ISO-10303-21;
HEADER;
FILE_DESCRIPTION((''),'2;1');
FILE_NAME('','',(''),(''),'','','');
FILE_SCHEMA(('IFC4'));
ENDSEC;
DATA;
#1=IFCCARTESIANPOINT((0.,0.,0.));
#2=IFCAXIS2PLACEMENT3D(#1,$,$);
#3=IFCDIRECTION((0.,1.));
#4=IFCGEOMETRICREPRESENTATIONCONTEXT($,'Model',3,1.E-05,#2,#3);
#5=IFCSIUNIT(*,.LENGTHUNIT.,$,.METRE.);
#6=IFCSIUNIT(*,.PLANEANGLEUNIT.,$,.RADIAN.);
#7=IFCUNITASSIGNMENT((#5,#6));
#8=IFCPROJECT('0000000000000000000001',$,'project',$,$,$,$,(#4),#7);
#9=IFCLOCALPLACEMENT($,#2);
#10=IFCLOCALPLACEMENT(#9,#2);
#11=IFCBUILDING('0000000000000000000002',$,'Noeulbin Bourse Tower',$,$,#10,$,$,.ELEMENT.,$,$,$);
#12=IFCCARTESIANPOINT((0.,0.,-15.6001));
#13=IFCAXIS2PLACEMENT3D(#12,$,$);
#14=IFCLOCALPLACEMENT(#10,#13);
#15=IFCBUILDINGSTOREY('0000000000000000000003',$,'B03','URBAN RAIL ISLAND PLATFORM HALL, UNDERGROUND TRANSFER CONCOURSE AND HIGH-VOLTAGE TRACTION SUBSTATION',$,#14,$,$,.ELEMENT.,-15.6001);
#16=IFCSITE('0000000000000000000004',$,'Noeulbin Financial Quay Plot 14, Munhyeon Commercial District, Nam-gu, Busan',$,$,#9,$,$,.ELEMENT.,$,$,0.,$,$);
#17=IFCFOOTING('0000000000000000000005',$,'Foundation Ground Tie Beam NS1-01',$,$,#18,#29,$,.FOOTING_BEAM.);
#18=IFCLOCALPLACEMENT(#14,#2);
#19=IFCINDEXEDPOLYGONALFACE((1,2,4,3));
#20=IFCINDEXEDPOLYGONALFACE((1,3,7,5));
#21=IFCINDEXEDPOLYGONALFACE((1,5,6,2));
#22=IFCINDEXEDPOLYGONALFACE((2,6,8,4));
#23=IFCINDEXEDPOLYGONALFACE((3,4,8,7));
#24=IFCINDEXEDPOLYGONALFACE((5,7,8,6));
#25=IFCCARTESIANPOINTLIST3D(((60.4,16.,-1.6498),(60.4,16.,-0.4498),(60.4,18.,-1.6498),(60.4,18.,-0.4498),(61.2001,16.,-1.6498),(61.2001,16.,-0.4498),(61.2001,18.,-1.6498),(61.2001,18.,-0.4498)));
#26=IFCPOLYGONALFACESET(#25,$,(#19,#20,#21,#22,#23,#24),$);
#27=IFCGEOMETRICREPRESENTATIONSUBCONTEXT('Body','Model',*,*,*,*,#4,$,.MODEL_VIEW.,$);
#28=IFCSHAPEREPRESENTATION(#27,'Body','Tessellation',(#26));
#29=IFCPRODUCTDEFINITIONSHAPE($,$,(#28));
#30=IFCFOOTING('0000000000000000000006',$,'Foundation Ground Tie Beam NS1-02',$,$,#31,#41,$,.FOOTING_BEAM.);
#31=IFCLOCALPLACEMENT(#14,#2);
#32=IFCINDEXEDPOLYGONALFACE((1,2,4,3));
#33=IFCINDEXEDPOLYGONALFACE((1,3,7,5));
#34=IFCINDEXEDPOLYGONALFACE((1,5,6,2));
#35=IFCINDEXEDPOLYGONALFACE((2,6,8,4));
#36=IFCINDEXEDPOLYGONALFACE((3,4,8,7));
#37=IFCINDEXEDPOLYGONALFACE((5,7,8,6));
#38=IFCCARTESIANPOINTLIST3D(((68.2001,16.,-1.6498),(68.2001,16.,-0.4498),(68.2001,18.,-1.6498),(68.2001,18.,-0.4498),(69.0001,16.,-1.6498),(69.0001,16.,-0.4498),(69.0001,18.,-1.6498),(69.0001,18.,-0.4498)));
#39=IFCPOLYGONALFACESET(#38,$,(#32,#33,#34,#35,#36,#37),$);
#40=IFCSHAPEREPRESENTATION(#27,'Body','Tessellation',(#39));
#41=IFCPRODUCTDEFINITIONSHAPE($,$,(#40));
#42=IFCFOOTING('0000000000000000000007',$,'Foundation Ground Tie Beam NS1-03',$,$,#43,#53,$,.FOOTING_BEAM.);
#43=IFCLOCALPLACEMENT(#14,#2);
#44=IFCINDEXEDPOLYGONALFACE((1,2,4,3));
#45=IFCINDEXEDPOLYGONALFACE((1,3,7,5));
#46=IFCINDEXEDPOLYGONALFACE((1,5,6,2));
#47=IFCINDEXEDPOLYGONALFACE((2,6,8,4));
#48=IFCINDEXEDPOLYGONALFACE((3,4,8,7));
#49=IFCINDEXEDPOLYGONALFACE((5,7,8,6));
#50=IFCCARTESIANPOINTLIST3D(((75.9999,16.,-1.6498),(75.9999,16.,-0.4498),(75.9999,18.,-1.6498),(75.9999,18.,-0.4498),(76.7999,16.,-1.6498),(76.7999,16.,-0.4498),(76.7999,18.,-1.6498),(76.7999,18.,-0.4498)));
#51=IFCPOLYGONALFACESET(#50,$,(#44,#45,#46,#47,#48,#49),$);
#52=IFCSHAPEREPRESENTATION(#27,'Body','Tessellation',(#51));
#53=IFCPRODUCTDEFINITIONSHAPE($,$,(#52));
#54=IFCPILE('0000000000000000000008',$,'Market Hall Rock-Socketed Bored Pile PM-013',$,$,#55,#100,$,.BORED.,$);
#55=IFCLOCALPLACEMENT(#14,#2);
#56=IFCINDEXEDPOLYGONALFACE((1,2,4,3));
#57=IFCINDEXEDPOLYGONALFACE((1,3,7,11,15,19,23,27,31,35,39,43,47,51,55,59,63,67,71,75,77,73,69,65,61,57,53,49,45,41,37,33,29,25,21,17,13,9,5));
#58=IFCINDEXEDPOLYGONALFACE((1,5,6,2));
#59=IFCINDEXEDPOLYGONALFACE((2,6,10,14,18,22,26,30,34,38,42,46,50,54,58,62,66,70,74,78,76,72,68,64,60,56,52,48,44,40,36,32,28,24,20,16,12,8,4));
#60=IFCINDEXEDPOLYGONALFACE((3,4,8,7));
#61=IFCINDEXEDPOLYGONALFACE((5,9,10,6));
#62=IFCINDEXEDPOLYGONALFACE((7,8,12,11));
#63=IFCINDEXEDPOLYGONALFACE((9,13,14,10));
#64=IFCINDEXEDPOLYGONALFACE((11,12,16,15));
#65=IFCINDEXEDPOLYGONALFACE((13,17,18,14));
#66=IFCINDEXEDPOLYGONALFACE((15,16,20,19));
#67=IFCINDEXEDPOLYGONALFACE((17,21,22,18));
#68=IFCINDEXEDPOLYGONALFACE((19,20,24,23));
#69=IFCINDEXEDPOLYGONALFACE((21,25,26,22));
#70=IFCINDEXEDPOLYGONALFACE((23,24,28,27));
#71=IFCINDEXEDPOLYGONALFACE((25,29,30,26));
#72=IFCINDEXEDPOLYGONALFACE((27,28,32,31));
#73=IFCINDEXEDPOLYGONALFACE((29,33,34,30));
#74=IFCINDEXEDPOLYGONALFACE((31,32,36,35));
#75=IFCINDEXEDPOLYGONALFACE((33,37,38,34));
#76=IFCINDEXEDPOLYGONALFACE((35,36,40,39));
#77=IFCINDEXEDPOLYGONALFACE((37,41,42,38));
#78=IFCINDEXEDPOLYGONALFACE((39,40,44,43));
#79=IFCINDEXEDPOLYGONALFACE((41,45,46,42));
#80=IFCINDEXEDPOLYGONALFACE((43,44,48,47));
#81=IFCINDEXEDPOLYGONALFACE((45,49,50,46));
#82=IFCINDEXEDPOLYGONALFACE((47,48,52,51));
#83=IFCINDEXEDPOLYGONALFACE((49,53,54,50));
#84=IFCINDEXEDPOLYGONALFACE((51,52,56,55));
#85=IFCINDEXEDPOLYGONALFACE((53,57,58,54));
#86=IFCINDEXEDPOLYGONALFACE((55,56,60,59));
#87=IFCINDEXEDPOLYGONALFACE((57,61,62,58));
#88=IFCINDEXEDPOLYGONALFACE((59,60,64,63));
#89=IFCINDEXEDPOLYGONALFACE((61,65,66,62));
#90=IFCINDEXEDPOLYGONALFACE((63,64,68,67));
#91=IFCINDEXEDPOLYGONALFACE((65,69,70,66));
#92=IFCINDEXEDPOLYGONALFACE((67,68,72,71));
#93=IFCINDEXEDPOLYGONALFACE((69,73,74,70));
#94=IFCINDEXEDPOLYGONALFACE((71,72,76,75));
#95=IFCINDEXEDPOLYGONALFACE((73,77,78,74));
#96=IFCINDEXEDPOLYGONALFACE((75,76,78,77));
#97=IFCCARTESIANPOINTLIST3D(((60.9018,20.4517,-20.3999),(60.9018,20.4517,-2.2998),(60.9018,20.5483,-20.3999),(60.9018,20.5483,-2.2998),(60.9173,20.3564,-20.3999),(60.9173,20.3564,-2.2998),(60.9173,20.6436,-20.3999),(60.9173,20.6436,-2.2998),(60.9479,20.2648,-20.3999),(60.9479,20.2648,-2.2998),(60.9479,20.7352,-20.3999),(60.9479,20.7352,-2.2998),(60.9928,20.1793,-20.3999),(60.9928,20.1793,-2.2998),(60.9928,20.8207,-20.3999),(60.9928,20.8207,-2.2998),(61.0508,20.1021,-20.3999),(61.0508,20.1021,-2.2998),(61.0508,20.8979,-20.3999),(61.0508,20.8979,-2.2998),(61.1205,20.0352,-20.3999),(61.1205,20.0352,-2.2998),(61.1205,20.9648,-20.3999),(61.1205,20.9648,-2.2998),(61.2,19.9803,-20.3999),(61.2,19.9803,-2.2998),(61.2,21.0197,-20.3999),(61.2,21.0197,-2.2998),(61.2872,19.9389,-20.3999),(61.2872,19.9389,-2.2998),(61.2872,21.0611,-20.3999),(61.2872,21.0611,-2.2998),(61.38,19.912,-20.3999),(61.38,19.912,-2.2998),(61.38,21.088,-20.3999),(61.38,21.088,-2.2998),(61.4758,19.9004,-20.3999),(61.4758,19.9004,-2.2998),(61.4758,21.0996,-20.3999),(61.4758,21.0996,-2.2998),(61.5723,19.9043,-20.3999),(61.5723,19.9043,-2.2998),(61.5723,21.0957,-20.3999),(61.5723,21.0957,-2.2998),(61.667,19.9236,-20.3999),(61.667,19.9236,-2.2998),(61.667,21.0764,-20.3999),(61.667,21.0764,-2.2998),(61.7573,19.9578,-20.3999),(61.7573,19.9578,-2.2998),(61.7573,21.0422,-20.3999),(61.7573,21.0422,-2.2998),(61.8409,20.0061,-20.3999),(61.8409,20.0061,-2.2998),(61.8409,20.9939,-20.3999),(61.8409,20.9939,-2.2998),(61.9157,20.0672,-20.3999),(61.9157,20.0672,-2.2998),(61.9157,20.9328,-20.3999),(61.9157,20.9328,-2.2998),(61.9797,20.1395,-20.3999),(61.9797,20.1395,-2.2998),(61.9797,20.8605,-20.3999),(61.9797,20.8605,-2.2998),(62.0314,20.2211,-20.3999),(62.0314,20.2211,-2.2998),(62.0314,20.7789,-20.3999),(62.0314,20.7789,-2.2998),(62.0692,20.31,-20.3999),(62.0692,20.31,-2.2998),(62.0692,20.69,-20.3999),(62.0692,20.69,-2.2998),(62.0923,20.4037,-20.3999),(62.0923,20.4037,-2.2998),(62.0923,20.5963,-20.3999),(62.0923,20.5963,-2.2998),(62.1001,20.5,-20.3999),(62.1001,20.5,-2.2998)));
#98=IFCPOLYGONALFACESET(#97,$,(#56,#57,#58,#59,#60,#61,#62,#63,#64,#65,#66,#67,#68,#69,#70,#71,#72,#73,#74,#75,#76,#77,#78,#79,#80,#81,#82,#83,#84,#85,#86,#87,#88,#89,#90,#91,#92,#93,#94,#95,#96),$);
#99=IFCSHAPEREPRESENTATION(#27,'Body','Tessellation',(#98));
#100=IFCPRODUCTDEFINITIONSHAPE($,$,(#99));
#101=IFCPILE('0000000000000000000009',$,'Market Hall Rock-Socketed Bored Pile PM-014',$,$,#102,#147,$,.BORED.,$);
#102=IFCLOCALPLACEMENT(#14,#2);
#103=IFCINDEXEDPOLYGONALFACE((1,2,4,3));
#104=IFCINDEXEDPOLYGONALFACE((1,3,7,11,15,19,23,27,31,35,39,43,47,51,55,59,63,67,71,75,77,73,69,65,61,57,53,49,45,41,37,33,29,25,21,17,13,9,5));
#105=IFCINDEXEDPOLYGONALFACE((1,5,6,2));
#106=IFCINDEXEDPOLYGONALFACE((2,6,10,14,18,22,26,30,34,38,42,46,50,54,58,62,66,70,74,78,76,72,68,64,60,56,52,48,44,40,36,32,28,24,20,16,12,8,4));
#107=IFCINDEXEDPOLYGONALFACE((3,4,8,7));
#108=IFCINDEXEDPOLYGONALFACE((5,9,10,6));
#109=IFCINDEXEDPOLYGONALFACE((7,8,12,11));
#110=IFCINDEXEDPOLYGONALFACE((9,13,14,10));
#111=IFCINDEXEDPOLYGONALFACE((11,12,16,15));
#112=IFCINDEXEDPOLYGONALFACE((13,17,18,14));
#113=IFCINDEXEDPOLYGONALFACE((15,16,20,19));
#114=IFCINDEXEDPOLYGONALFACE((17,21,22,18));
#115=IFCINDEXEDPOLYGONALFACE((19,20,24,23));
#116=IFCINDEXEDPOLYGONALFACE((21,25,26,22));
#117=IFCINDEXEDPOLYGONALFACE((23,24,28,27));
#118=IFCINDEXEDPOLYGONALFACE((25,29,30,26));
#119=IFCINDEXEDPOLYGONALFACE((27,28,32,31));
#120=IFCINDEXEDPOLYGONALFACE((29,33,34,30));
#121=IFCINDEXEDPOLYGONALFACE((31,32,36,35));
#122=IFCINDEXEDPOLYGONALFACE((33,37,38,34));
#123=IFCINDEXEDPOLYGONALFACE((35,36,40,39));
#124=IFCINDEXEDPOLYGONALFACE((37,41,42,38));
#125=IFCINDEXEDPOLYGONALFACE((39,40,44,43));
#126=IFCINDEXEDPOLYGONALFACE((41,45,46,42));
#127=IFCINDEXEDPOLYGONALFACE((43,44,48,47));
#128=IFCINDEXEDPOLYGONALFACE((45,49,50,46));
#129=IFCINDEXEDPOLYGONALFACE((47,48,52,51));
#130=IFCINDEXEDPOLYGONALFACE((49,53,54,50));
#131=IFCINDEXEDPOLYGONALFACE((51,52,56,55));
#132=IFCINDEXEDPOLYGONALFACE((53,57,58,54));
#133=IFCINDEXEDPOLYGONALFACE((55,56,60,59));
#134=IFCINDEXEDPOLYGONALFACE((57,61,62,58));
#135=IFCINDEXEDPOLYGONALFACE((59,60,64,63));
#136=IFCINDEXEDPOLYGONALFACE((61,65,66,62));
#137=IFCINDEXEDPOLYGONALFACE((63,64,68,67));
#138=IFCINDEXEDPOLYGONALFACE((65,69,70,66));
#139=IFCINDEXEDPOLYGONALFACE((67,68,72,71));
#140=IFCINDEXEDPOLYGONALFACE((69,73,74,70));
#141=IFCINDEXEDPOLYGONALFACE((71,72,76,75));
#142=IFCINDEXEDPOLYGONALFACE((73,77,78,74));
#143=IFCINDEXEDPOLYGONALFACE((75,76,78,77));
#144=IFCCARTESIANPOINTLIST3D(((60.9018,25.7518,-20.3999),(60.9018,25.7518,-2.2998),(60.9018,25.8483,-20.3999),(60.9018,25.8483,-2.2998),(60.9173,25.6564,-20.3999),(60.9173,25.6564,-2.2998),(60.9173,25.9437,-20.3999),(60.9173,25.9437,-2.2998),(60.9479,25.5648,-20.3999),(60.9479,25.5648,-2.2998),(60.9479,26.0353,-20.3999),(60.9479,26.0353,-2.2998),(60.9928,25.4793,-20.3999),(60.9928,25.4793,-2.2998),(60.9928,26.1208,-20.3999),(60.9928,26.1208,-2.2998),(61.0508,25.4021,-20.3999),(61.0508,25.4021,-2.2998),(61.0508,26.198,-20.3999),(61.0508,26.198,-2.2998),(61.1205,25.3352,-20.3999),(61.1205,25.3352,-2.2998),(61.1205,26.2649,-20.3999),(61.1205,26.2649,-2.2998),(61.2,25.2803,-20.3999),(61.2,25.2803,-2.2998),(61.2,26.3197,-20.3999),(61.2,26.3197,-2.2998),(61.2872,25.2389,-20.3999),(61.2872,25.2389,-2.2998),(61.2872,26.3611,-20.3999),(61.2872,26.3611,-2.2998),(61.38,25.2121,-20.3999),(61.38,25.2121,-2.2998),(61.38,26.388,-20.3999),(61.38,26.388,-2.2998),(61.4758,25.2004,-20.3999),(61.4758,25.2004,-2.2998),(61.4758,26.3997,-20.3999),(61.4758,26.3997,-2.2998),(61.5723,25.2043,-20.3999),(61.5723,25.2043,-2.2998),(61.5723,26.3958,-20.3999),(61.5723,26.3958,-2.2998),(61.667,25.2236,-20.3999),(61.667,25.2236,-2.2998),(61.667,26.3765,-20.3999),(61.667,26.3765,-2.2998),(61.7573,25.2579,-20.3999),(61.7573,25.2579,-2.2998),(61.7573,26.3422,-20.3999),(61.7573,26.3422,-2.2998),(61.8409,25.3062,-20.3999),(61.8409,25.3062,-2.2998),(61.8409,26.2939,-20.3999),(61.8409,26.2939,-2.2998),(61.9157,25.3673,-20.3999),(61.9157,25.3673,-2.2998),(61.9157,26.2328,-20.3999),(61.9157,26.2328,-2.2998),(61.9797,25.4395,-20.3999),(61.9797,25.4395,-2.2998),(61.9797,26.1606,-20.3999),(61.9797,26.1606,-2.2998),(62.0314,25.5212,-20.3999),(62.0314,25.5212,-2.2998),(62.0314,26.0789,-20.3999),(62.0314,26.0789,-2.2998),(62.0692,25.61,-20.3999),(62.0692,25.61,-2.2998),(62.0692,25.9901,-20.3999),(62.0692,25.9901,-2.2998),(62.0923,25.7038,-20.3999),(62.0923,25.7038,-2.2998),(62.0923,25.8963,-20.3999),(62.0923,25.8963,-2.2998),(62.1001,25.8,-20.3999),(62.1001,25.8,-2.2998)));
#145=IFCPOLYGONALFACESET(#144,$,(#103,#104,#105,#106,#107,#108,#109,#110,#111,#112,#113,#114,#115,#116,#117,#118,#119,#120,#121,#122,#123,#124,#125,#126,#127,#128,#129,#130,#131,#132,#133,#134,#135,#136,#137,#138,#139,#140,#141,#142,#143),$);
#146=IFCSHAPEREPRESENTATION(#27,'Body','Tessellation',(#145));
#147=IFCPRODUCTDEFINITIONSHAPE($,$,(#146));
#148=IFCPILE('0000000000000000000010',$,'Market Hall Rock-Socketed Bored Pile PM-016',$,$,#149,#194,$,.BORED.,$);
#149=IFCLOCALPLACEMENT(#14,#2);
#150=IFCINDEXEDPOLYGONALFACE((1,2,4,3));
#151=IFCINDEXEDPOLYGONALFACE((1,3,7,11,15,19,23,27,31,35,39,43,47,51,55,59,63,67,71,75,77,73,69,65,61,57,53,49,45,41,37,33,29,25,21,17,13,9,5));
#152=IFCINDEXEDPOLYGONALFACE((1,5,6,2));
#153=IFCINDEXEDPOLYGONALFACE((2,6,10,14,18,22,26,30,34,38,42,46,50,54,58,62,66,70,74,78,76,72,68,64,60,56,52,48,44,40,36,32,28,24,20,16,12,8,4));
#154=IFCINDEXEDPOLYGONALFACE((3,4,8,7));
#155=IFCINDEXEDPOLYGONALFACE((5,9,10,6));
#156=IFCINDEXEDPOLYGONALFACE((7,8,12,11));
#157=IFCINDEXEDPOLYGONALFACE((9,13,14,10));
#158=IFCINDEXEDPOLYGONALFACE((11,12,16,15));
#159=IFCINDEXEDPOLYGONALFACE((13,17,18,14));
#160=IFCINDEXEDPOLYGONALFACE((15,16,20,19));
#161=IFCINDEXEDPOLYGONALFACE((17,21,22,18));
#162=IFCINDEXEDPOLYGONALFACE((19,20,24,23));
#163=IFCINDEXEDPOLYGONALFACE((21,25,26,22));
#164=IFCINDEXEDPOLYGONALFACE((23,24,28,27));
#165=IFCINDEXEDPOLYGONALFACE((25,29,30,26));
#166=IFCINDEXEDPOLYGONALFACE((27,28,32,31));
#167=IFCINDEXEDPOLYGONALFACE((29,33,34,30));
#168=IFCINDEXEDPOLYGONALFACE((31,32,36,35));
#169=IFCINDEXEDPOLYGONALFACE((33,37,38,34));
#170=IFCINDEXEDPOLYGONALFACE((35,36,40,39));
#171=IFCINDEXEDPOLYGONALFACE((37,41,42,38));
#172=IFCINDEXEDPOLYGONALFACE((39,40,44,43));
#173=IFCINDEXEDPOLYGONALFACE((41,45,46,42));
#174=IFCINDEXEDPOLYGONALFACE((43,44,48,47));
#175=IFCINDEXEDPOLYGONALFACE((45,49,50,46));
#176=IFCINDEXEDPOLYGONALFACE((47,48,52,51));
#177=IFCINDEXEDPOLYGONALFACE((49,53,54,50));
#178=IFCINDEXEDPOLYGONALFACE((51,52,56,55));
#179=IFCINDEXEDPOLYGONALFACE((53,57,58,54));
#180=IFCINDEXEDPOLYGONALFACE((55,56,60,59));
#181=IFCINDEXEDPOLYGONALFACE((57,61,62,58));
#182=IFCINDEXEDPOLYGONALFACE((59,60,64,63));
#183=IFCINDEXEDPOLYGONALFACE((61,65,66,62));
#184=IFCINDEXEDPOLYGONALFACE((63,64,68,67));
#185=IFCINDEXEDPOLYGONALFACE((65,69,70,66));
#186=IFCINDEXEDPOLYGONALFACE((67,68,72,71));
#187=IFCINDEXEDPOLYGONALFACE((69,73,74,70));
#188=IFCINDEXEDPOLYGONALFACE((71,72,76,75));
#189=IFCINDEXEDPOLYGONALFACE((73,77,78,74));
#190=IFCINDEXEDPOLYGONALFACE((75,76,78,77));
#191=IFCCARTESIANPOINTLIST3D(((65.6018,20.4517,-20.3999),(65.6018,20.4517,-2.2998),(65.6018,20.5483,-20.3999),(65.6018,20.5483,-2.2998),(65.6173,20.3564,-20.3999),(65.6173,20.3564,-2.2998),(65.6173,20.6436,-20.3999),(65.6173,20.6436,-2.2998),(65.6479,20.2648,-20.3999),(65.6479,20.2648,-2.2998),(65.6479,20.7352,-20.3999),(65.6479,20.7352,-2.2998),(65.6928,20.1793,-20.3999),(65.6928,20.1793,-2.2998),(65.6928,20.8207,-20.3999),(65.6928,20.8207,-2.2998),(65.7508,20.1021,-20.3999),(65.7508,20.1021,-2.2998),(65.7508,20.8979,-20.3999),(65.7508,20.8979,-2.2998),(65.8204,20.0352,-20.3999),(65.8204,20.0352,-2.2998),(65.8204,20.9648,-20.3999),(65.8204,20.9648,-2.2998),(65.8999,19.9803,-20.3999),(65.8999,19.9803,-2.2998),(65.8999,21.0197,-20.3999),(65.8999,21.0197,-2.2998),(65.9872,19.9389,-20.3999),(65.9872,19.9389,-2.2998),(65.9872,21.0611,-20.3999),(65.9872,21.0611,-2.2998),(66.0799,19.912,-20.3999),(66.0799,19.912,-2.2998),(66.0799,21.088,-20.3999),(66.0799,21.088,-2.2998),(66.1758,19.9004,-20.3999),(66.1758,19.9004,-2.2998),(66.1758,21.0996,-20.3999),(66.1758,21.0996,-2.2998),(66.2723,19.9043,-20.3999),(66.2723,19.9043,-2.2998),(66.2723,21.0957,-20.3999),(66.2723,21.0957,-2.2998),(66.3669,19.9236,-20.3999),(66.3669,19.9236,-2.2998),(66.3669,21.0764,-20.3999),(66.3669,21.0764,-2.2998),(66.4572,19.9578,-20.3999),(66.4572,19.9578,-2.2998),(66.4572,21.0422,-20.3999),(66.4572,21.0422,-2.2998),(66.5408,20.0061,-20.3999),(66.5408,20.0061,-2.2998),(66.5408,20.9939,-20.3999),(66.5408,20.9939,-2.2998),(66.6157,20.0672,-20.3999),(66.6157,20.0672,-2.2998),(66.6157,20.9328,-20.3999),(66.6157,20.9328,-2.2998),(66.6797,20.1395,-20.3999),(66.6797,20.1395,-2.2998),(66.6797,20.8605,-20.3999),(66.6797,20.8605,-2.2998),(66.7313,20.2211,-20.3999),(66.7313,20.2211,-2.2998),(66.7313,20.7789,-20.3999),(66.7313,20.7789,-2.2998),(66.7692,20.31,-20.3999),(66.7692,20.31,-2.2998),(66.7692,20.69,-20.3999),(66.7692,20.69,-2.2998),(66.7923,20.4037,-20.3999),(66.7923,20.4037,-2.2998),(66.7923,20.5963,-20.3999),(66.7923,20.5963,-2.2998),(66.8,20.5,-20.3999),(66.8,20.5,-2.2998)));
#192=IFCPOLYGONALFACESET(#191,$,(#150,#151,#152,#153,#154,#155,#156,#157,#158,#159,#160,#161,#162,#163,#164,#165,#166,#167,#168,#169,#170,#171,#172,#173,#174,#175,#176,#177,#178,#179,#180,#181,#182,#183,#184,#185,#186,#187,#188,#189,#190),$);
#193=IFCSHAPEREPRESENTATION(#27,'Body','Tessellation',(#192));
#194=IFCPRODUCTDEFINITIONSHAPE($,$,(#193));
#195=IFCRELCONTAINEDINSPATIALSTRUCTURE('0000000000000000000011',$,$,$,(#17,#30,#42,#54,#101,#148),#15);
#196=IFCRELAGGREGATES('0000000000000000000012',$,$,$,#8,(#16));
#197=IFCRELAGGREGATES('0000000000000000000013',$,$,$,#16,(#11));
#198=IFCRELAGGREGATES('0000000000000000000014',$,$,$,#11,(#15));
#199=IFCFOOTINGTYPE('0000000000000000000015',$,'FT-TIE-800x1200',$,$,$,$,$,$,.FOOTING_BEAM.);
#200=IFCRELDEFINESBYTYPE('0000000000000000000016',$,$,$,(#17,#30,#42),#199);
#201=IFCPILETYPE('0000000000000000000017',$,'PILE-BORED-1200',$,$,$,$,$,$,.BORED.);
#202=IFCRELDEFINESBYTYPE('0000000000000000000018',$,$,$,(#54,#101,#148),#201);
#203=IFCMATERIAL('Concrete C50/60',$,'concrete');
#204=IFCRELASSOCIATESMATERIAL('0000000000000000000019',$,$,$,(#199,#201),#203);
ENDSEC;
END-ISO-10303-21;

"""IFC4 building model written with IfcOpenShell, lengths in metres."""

from ifc_helpers import new_model, si_unit, direction, frame, origin, origin_2d, place, context, subcontext, project, spatial, rectangle, circle, extrude, material, material_profile, profile_set, type_object, element, save


model = new_model("IFC4")

# Units and contexts
model_context = context("Model", 3, precision=1e-05, world=origin(), true_north=direction((0.0, 1.0)))
body_context = subcontext(model_context, "Body", "Model", "MODEL_VIEW")
ifc_project = project(units=[si_unit("LENGTHUNIT", "METRE"), si_unit("PLANEANGLEUNIT", "RADIAN")], contexts=[model_context])

# Site, building, storey
site_placement = place(None, origin())
site = spatial("IfcSite", under=ifc_project, at=site_placement, Name="Noeulbin Financial Quay Plot 14, Munhyeon Commercial District, Nam-gu, Busan", CompositionType="ELEMENT", RefElevation=0.0)
building_placement = place(site_placement, origin())
building = spatial("IfcBuilding", under=site, at=building_placement, Name="Noeulbin Bourse Tower", CompositionType="ELEMENT")
storey_placement = place(building_placement, frame((0.0, 0.0, -15.6001)))
storey = spatial("IfcBuildingStorey", under=building, at=storey_placement, Name="B03", Description="URBAN RAIL ISLAND PLATFORM HALL, UNDERGROUND TRANSFER CONCOURSE AND HIGH-VOLTAGE TRACTION SUBSTATION", CompositionType="ELEMENT", Elevation=-15.6001)

# Footings
ifc_material_1 = material(Name="Concrete C50/60", Category="concrete")
ifc_material_profile_1 = material_profile(ifc_material_1, rectangle(XDim=0.8, YDim=1.2, at=origin_2d()), Name="RC-TB-800x1200", Category="LoadBearing")
ifc_profile_set_1 = profile_set([ifc_material_profile_1], Name="Concrete C50/60")
footing_type = type_object("IfcFootingType", Name="FT-TIE-800x1200", PredefinedType="FOOTING_BEAM", material=ifc_profile_set_1)
for number, where, z_axis, x_axis, name in (
    (1, (60.8, 16.0, -1.0498), (0.0, 1.0, 0.0), (-1.0, 0.0, 0.0), "Foundation Ground Tie Beam NS1-01"),
    (2, (68.6001, 16.0, -1.0498), (0.0, 1.0, 0.0), (-1.0, 0.0, 0.0), "Foundation Ground Tie Beam NS1-02"),
    (3, (76.3999, 16.0, -1.0498), (0.0, 1.0, 0.0), (-1.0, 0.0, 0.0), "Foundation Ground Tie Beam NS1-03"),
):
    element("IfcFooting", number, at=place(storey_placement, frame(where, z_axis=z_axis, x_axis=x_axis)), inside=storey, type_object=footing_type, Name=name, PredefinedType="FOOTING_BEAM", context=body_context, shape_type="SweptSolid", body=[
        extrude(rectangle(XDim=0.8, YDim=1.2, at=origin_2d()), origin(), (0.0, 0.0, 1.0), 2.0),
    ])

# Piles
ifc_material_profile_2 = material_profile(ifc_material_1, circle(Radius=0.6001, at=origin_2d()), Name="PILE-D1200", Category="LoadBearing")
ifc_profile_set_2 = profile_set([ifc_material_profile_2], Name="Concrete C50/60")
pile_type = type_object("IfcPileType", Name="PILE-BORED-1200", PredefinedType="BORED", material=ifc_profile_set_2)
for number, where, z_axis, x_axis, name in (
    (4, (61.5, 20.5, -2.2998), (0.0, 0.0, -1.0), (1.0, 0.0, 0.0), "Market Hall Rock-Socketed Bored Pile PM-013"),
    (5, (61.5, 25.8, -2.2998), (0.0, 0.0, -1.0), (1.0, 0.0, 0.0), "Market Hall Rock-Socketed Bored Pile PM-014"),
    (6, (66.2, 20.5, -2.2998), (0.0, 0.0, -1.0), (1.0, 0.0, 0.0), "Market Hall Rock-Socketed Bored Pile PM-016"),
):
    element("IfcPile", number, at=place(storey_placement, frame(where, z_axis=z_axis, x_axis=x_axis)), inside=storey, type_object=pile_type, Name=name, PredefinedType="BORED", context=body_context, shape_type="SweptSolid", body=[
        extrude(circle(Radius=0.6001, at=origin_2d()), origin(), (0.0, 0.0, 1.0), 18.1001),
    ])

save(model, "model.ifc")
